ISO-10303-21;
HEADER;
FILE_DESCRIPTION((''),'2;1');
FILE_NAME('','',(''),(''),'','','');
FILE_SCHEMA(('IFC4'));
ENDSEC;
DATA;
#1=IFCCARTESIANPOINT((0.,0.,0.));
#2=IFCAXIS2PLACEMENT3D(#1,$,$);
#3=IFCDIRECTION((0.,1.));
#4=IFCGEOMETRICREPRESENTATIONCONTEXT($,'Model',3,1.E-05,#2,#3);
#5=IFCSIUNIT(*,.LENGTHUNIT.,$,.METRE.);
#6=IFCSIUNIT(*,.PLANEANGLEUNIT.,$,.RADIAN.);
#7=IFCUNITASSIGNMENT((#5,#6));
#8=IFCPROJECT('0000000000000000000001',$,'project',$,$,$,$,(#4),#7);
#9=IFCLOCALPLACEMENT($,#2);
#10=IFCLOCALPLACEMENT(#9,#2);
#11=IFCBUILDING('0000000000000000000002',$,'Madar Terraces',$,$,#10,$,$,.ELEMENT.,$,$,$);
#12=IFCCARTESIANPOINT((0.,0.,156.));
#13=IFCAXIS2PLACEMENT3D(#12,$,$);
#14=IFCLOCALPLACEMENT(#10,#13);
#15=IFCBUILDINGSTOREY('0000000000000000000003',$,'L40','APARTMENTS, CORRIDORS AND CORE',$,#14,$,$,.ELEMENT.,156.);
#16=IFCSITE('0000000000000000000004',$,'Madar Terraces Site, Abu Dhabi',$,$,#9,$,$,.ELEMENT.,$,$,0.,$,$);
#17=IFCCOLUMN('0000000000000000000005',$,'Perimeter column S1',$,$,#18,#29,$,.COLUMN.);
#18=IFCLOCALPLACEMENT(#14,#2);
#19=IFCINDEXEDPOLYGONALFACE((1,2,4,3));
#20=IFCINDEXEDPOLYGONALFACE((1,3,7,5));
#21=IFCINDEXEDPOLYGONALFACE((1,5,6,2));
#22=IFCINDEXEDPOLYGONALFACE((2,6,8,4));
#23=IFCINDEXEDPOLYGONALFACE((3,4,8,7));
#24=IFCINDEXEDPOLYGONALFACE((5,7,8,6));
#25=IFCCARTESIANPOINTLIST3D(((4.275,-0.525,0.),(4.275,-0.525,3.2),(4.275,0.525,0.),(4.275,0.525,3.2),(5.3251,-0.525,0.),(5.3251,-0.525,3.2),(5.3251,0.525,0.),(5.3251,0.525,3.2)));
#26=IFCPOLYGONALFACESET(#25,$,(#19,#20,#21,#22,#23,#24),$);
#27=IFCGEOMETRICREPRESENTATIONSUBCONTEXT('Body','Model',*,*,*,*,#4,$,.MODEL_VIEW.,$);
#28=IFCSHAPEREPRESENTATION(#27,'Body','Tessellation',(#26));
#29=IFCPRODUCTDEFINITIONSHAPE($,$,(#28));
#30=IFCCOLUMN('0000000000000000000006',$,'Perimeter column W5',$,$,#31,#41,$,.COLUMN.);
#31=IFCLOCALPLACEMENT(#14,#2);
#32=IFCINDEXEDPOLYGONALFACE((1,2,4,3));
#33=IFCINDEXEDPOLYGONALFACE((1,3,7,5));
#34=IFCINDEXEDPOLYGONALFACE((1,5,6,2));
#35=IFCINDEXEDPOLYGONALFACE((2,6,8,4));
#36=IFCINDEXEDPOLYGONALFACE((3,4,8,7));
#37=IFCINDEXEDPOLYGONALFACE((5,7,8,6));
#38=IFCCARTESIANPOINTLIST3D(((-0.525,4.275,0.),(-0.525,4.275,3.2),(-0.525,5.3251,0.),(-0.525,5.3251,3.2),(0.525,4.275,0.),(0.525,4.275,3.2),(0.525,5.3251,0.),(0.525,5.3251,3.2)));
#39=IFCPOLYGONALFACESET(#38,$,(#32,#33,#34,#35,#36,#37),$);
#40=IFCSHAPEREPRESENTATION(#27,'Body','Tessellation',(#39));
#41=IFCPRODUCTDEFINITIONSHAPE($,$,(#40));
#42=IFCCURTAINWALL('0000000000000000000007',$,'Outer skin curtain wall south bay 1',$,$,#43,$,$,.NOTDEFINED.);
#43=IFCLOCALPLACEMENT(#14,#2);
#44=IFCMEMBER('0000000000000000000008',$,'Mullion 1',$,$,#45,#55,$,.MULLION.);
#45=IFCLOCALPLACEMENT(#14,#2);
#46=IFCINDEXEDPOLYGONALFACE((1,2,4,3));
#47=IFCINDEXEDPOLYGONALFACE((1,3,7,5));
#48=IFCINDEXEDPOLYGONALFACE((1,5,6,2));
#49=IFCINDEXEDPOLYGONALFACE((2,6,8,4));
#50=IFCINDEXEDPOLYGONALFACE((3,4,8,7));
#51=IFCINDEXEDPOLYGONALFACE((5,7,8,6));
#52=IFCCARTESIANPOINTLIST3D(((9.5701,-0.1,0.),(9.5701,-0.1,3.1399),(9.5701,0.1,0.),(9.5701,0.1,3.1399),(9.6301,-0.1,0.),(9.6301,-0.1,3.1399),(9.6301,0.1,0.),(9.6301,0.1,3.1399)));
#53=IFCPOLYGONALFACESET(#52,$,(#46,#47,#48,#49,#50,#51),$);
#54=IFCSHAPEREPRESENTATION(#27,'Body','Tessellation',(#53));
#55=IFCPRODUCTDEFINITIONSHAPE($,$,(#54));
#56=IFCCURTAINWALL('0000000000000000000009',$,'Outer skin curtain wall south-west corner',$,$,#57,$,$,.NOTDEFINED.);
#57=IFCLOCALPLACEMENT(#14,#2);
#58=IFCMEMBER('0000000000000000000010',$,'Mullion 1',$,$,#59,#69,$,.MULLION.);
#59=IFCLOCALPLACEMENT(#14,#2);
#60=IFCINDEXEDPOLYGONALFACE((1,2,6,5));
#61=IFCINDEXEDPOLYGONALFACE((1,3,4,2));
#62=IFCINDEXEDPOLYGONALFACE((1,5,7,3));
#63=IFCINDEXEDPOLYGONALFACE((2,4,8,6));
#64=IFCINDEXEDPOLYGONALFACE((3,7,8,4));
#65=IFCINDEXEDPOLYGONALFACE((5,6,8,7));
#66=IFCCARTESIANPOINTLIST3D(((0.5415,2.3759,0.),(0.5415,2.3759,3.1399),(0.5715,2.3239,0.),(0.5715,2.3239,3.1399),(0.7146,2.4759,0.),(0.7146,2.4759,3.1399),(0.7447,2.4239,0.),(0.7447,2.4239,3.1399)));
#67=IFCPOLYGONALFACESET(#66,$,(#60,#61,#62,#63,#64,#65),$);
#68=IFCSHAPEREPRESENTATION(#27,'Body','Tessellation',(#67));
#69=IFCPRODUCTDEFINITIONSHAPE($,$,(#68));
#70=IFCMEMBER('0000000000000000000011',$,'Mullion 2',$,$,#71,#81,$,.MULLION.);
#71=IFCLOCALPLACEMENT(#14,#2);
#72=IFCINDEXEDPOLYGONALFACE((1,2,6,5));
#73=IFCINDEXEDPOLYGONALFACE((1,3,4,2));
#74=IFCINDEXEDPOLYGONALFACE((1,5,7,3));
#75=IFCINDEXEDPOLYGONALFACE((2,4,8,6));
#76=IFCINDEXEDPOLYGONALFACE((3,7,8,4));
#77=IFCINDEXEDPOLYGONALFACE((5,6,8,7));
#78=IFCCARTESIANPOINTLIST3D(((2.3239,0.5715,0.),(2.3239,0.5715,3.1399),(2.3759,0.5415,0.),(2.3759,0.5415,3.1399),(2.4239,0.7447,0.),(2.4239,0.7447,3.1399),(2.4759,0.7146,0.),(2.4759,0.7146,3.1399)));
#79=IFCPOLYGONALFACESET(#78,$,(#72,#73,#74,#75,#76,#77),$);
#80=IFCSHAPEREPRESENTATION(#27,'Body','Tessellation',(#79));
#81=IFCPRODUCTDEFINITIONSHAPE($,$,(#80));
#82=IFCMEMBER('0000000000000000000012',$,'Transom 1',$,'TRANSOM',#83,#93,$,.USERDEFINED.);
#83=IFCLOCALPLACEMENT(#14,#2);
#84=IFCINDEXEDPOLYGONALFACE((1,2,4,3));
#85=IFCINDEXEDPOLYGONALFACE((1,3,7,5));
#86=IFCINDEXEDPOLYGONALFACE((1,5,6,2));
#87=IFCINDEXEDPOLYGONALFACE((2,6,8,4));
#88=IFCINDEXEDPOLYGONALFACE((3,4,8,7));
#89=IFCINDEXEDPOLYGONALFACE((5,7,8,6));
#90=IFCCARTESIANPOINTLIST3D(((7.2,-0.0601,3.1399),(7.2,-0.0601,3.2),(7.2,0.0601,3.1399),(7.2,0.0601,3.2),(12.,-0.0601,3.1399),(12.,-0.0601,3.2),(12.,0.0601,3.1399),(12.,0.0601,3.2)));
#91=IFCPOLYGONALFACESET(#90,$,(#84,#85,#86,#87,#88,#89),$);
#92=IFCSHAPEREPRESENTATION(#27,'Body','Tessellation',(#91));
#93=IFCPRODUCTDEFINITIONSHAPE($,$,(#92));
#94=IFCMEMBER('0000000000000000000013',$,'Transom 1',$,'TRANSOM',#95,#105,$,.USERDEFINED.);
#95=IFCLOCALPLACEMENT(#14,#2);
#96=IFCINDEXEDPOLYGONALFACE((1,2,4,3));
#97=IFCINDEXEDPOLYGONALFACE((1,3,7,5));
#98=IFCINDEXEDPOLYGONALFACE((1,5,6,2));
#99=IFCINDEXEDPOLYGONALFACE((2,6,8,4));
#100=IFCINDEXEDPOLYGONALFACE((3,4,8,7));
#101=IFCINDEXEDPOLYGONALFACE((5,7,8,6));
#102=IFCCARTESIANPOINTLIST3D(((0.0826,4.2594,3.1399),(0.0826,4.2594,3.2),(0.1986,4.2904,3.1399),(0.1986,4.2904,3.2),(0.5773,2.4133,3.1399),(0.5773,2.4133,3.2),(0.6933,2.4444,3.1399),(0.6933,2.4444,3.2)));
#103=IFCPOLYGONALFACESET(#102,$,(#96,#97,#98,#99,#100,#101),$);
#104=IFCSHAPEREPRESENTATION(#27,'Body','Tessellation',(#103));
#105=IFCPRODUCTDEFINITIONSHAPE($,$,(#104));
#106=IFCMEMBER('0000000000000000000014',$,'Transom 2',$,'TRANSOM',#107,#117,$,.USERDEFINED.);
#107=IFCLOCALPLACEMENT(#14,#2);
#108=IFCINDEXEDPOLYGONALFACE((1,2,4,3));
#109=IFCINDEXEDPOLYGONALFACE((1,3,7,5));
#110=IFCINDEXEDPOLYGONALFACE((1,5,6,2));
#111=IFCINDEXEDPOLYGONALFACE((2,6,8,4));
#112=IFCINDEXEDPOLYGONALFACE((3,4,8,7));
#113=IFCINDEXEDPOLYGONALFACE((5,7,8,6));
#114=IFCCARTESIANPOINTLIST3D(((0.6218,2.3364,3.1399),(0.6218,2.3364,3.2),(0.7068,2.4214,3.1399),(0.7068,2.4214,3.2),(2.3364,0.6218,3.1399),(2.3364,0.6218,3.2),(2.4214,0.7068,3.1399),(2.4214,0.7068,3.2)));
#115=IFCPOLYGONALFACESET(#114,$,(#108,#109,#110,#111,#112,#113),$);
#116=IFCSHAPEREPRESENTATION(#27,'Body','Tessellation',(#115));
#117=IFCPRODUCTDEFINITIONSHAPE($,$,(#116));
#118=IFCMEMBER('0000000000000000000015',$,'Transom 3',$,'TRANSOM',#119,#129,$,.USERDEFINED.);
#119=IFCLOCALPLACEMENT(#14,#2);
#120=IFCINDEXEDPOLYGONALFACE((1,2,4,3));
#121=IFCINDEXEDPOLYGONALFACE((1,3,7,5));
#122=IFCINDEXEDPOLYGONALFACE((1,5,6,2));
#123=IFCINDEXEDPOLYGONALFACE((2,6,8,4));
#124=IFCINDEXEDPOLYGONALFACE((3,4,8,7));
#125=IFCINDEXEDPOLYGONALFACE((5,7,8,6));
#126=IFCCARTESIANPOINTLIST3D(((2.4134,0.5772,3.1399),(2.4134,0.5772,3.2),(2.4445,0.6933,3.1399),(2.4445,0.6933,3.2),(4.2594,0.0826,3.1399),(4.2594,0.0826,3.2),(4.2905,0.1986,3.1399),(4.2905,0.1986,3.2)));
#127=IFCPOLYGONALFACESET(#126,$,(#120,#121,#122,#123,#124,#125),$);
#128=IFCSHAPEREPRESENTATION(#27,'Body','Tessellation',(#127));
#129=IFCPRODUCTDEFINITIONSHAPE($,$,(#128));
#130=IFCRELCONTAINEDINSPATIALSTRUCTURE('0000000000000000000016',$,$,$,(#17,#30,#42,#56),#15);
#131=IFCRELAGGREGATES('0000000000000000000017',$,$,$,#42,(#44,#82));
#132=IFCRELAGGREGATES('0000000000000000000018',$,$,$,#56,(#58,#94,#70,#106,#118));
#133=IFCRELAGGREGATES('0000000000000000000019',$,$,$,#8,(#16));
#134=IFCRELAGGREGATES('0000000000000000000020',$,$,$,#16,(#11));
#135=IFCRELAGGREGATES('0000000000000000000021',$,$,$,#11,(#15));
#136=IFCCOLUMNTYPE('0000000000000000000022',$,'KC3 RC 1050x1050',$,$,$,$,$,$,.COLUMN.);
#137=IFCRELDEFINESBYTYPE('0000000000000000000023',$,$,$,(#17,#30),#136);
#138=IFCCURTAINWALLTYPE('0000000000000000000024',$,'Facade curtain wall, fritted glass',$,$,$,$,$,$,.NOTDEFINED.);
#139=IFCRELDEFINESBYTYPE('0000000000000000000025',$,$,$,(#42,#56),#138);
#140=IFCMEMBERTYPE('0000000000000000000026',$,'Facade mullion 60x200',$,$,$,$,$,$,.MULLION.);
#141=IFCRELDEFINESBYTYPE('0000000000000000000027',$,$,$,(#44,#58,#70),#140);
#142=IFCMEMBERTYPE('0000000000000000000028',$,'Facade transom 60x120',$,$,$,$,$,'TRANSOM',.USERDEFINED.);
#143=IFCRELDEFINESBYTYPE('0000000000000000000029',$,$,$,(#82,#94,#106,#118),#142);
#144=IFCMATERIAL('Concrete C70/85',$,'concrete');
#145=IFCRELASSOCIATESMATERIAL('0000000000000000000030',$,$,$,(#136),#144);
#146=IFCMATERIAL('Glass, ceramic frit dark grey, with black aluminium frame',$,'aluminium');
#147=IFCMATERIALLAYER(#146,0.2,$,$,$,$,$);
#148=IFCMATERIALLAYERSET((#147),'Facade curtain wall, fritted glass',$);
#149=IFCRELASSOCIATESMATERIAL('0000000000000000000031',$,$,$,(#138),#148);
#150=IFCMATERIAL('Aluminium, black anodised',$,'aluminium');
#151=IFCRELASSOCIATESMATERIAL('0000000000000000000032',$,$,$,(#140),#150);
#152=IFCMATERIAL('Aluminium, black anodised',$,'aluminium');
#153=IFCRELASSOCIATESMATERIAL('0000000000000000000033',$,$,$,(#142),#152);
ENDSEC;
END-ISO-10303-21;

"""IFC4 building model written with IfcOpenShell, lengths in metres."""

from ifc_helpers import new_model, si_unit, direction, frame, origin, origin_2d, place, context, subcontext, project, spatial, rectangle, extrude, material, layer, layer_set, material_profile, profile_set, type_object, element, aggregate, save


model = new_model("IFC4")

# Units and contexts
model_context = context("Model", 3, precision=1e-05, world=origin(), true_north=direction((0.0, 1.0)))
body_context = subcontext(model_context, "Body", "Model", "MODEL_VIEW")
ifc_project = project(units=[si_unit("LENGTHUNIT", "METRE"), si_unit("PLANEANGLEUNIT", "RADIAN")], contexts=[model_context])

# Site, building, storey
site_placement = place(None, origin())
site = spatial("IfcSite", under=ifc_project, at=site_placement, Name="Madar Terraces Site, Abu Dhabi", CompositionType="ELEMENT", RefElevation=0.0)
building_placement = place(site_placement, origin())
building = spatial("IfcBuilding", under=site, at=building_placement, Name="Madar Terraces", CompositionType="ELEMENT")
storey_placement = place(building_placement, frame((0.0, 0.0, 156.0)))
storey = spatial("IfcBuildingStorey", under=building, at=storey_placement, Name="L40", Description="APARTMENTS, CORRIDORS AND CORE", CompositionType="ELEMENT", Elevation=156.0)

# Columns
ifc_material_1 = material(Name="Concrete C70/85", Category="concrete")
ifc_material_profile_1 = material_profile(ifc_material_1, rectangle(XDim=1.05, YDim=1.05, at=origin_2d()), Name="KC3 RC 1050x1050")
ifc_profile_set_1 = profile_set([ifc_material_profile_1], Name="Concrete C70/85")
column_type = type_object("IfcColumnType", Name="KC3 RC 1050x1050", PredefinedType="COLUMN", material=ifc_profile_set_1)
for number, where, z_axis, x_axis, name in (
    (1, (4.8, 0.0, 0.0), (0.0, 0.0, 1.0), (1.0, 0.0, 0.0), "Perimeter column S1"),
    (2, (0.0, 4.8, 0.0), (0.0, 0.0, 1.0), (1.0, 0.0, 0.0), "Perimeter column W5"),
):
    element("IfcColumn", number, at=place(storey_placement, frame(where, z_axis=z_axis, x_axis=x_axis)), inside=storey, type_object=column_type, Name=name, PredefinedType="COLUMN", context=body_context, shape_type="SweptSolid", body=[
        extrude(rectangle(XDim=1.05, YDim=1.05, at=origin_2d()), origin(), (0.0, 0.0, 1.0), 3.2),
    ])

# Curtain wall, member
ifc_material_2 = material(Name="Glass, ceramic frit dark grey, with black aluminium frame", Category="aluminium")
ifc_layer_1 = layer(ifc_material_2, 0.2)
ifc_layer_set_1 = layer_set([ifc_layer_1], Name="Facade curtain wall, fritted glass")
curtain_wall_type = type_object("IfcCurtainWallType", Name="Facade curtain wall, fritted glass", PredefinedType="NOTDEFINED", material=ifc_layer_set_1)
curtain_wall_1_placement = place(storey_placement, origin())
curtain_wall_1 = element("IfcCurtainWall", 3, at=curtain_wall_1_placement, inside=storey, type_object=curtain_wall_type, Name="Outer skin curtain wall south bay 1", PredefinedType="NOTDEFINED")
ifc_material_3 = material(Name="Aluminium, black anodised", Category="aluminium")
ifc_material_profile_2 = material_profile(ifc_material_3, rectangle(XDim=0.2, YDim=0.0601, at=origin_2d()), Name="Facade mullion 60x200")
ifc_profile_set_2 = profile_set([ifc_material_profile_2], Name="Aluminium, black anodised")
member_type_1 = type_object("IfcMemberType", Name="Facade mullion 60x200", PredefinedType="MULLION", material=ifc_profile_set_2)
member_1_placement = place(storey_placement, frame((9.6001, 0.0, 0.0), z_axis=(0.0, 0.0, 1.0), x_axis=(0.0, 1.0, 0.0)))
member_1 = element("IfcMember", 4, at=member_1_placement, type_object=member_type_1, Name="Mullion 1", PredefinedType="MULLION", context=body_context, shape_type="SweptSolid", body=[
    extrude(rectangle(XDim=0.2, YDim=0.0601, at=origin_2d()), origin(), (0.0, 0.0, 1.0), 3.1399),
])

# Curtain wall, members
curtain_wall_2_placement = place(storey_placement, origin())
curtain_wall_2 = element("IfcCurtainWall", 5, at=curtain_wall_2_placement, inside=storey, type_object=curtain_wall_type, Name="Outer skin curtain wall south-west corner", PredefinedType="NOTDEFINED")
member_2_placement = place(storey_placement, frame((0.6431, 2.3999, 0.0), z_axis=(0.0, 0.0, 1.0), x_axis=(0.866025, 0.5, 0.0)))
member_2 = element("IfcMember", 6, at=member_2_placement, type_object=member_type_1, Name="Mullion 1", PredefinedType="MULLION", context=body_context, shape_type="SweptSolid", body=[
    extrude(rectangle(XDim=0.2, YDim=0.0601, at=origin_2d()), origin(), (0.0, 0.0, 1.0), 3.1399),
])
member_3_placement = place(storey_placement, frame((2.3999, 0.6431, 0.0), z_axis=(0.0, 0.0, 1.0), x_axis=(0.5, 0.866025, 0.0)))
member_3 = element("IfcMember", 7, at=member_3_placement, type_object=member_type_1, Name="Mullion 2", PredefinedType="MULLION", context=body_context, shape_type="SweptSolid", body=[
    extrude(rectangle(XDim=0.2, YDim=0.0601, at=origin_2d()), origin(), (0.0, 0.0, 1.0), 3.1399),
])

# Members
ifc_material_4 = material(Name="Aluminium, black anodised", Category="aluminium")
ifc_material_profile_3 = material_profile(ifc_material_4, rectangle(XDim=0.1201, YDim=0.0601, at=origin_2d()), Name="Facade transom 60x120")
ifc_profile_set_3 = profile_set([ifc_material_profile_3], Name="Aluminium, black anodised")
member_type_2 = type_object("IfcMemberType", Name="Facade transom 60x120", ElementType="TRANSOM", PredefinedType="USERDEFINED", material=ifc_profile_set_3)
member_4_placement = place(storey_placement, frame((7.2, 0.0, 3.1699), z_axis=(1.0, 0.0, 0.0), x_axis=(0.0, 1.0, 0.0)))
member_4 = element("IfcMember", 8, at=member_4_placement, type_object=member_type_2, Name="Transom 1", ObjectType="TRANSOM", PredefinedType="USERDEFINED", context=body_context, shape_type="SweptSolid", body=[
    extrude(rectangle(XDim=0.1201, YDim=0.0601, at=origin_2d()), origin(), (0.0, 0.0, 1.0), 4.8),
])
member_5_placement = place(storey_placement, frame((0.1406, 4.2749, 3.1699), z_axis=(0.258823, -0.965925, 0.0), x_axis=(0.965925, 0.258823, 0.0)))
member_5 = element("IfcMember", 9, at=member_5_placement, type_object=member_type_2, Name="Transom 1", ObjectType="TRANSOM", PredefinedType="USERDEFINED", context=body_context, shape_type="SweptSolid", body=[
    extrude(rectangle(XDim=0.1201, YDim=0.0601, at=origin_2d()), origin(), (0.0, 0.0, 1.0), 1.9111),
])
member_6_placement = place(storey_placement, frame((0.6643, 2.3789, 3.1699), z_axis=(0.707107, -0.707107, 0.0), x_axis=(0.707107, 0.707107, 0.0)))
member_6 = element("IfcMember", 10, at=member_6_placement, type_object=member_type_2, Name="Transom 2", ObjectType="TRANSOM", PredefinedType="USERDEFINED", context=body_context, shape_type="SweptSolid", body=[
    extrude(rectangle(XDim=0.1201, YDim=0.0601, at=origin_2d()), origin(), (0.0, 0.0, 1.0), 2.4248),
])
member_7_placement = place(storey_placement, frame((2.429, 0.6353, 3.1699), z_axis=(0.965925, -0.258823, 0.0), x_axis=(0.258823, 0.965925, 0.0)))
member_7 = element("IfcMember", 11, at=member_7_placement, type_object=member_type_2, Name="Transom 3", ObjectType="TRANSOM", PredefinedType="USERDEFINED", context=body_context, shape_type="SweptSolid", body=[
    extrude(rectangle(XDim=0.1201, YDim=0.0601, at=origin_2d()), origin(), (0.0, 0.0, 1.0), 1.9111),
])

aggregate(curtain_wall_1, [member_1, member_4])
aggregate(curtain_wall_2, [member_2, member_5, member_3, member_6, member_7])

save(model, "model.ifc")
